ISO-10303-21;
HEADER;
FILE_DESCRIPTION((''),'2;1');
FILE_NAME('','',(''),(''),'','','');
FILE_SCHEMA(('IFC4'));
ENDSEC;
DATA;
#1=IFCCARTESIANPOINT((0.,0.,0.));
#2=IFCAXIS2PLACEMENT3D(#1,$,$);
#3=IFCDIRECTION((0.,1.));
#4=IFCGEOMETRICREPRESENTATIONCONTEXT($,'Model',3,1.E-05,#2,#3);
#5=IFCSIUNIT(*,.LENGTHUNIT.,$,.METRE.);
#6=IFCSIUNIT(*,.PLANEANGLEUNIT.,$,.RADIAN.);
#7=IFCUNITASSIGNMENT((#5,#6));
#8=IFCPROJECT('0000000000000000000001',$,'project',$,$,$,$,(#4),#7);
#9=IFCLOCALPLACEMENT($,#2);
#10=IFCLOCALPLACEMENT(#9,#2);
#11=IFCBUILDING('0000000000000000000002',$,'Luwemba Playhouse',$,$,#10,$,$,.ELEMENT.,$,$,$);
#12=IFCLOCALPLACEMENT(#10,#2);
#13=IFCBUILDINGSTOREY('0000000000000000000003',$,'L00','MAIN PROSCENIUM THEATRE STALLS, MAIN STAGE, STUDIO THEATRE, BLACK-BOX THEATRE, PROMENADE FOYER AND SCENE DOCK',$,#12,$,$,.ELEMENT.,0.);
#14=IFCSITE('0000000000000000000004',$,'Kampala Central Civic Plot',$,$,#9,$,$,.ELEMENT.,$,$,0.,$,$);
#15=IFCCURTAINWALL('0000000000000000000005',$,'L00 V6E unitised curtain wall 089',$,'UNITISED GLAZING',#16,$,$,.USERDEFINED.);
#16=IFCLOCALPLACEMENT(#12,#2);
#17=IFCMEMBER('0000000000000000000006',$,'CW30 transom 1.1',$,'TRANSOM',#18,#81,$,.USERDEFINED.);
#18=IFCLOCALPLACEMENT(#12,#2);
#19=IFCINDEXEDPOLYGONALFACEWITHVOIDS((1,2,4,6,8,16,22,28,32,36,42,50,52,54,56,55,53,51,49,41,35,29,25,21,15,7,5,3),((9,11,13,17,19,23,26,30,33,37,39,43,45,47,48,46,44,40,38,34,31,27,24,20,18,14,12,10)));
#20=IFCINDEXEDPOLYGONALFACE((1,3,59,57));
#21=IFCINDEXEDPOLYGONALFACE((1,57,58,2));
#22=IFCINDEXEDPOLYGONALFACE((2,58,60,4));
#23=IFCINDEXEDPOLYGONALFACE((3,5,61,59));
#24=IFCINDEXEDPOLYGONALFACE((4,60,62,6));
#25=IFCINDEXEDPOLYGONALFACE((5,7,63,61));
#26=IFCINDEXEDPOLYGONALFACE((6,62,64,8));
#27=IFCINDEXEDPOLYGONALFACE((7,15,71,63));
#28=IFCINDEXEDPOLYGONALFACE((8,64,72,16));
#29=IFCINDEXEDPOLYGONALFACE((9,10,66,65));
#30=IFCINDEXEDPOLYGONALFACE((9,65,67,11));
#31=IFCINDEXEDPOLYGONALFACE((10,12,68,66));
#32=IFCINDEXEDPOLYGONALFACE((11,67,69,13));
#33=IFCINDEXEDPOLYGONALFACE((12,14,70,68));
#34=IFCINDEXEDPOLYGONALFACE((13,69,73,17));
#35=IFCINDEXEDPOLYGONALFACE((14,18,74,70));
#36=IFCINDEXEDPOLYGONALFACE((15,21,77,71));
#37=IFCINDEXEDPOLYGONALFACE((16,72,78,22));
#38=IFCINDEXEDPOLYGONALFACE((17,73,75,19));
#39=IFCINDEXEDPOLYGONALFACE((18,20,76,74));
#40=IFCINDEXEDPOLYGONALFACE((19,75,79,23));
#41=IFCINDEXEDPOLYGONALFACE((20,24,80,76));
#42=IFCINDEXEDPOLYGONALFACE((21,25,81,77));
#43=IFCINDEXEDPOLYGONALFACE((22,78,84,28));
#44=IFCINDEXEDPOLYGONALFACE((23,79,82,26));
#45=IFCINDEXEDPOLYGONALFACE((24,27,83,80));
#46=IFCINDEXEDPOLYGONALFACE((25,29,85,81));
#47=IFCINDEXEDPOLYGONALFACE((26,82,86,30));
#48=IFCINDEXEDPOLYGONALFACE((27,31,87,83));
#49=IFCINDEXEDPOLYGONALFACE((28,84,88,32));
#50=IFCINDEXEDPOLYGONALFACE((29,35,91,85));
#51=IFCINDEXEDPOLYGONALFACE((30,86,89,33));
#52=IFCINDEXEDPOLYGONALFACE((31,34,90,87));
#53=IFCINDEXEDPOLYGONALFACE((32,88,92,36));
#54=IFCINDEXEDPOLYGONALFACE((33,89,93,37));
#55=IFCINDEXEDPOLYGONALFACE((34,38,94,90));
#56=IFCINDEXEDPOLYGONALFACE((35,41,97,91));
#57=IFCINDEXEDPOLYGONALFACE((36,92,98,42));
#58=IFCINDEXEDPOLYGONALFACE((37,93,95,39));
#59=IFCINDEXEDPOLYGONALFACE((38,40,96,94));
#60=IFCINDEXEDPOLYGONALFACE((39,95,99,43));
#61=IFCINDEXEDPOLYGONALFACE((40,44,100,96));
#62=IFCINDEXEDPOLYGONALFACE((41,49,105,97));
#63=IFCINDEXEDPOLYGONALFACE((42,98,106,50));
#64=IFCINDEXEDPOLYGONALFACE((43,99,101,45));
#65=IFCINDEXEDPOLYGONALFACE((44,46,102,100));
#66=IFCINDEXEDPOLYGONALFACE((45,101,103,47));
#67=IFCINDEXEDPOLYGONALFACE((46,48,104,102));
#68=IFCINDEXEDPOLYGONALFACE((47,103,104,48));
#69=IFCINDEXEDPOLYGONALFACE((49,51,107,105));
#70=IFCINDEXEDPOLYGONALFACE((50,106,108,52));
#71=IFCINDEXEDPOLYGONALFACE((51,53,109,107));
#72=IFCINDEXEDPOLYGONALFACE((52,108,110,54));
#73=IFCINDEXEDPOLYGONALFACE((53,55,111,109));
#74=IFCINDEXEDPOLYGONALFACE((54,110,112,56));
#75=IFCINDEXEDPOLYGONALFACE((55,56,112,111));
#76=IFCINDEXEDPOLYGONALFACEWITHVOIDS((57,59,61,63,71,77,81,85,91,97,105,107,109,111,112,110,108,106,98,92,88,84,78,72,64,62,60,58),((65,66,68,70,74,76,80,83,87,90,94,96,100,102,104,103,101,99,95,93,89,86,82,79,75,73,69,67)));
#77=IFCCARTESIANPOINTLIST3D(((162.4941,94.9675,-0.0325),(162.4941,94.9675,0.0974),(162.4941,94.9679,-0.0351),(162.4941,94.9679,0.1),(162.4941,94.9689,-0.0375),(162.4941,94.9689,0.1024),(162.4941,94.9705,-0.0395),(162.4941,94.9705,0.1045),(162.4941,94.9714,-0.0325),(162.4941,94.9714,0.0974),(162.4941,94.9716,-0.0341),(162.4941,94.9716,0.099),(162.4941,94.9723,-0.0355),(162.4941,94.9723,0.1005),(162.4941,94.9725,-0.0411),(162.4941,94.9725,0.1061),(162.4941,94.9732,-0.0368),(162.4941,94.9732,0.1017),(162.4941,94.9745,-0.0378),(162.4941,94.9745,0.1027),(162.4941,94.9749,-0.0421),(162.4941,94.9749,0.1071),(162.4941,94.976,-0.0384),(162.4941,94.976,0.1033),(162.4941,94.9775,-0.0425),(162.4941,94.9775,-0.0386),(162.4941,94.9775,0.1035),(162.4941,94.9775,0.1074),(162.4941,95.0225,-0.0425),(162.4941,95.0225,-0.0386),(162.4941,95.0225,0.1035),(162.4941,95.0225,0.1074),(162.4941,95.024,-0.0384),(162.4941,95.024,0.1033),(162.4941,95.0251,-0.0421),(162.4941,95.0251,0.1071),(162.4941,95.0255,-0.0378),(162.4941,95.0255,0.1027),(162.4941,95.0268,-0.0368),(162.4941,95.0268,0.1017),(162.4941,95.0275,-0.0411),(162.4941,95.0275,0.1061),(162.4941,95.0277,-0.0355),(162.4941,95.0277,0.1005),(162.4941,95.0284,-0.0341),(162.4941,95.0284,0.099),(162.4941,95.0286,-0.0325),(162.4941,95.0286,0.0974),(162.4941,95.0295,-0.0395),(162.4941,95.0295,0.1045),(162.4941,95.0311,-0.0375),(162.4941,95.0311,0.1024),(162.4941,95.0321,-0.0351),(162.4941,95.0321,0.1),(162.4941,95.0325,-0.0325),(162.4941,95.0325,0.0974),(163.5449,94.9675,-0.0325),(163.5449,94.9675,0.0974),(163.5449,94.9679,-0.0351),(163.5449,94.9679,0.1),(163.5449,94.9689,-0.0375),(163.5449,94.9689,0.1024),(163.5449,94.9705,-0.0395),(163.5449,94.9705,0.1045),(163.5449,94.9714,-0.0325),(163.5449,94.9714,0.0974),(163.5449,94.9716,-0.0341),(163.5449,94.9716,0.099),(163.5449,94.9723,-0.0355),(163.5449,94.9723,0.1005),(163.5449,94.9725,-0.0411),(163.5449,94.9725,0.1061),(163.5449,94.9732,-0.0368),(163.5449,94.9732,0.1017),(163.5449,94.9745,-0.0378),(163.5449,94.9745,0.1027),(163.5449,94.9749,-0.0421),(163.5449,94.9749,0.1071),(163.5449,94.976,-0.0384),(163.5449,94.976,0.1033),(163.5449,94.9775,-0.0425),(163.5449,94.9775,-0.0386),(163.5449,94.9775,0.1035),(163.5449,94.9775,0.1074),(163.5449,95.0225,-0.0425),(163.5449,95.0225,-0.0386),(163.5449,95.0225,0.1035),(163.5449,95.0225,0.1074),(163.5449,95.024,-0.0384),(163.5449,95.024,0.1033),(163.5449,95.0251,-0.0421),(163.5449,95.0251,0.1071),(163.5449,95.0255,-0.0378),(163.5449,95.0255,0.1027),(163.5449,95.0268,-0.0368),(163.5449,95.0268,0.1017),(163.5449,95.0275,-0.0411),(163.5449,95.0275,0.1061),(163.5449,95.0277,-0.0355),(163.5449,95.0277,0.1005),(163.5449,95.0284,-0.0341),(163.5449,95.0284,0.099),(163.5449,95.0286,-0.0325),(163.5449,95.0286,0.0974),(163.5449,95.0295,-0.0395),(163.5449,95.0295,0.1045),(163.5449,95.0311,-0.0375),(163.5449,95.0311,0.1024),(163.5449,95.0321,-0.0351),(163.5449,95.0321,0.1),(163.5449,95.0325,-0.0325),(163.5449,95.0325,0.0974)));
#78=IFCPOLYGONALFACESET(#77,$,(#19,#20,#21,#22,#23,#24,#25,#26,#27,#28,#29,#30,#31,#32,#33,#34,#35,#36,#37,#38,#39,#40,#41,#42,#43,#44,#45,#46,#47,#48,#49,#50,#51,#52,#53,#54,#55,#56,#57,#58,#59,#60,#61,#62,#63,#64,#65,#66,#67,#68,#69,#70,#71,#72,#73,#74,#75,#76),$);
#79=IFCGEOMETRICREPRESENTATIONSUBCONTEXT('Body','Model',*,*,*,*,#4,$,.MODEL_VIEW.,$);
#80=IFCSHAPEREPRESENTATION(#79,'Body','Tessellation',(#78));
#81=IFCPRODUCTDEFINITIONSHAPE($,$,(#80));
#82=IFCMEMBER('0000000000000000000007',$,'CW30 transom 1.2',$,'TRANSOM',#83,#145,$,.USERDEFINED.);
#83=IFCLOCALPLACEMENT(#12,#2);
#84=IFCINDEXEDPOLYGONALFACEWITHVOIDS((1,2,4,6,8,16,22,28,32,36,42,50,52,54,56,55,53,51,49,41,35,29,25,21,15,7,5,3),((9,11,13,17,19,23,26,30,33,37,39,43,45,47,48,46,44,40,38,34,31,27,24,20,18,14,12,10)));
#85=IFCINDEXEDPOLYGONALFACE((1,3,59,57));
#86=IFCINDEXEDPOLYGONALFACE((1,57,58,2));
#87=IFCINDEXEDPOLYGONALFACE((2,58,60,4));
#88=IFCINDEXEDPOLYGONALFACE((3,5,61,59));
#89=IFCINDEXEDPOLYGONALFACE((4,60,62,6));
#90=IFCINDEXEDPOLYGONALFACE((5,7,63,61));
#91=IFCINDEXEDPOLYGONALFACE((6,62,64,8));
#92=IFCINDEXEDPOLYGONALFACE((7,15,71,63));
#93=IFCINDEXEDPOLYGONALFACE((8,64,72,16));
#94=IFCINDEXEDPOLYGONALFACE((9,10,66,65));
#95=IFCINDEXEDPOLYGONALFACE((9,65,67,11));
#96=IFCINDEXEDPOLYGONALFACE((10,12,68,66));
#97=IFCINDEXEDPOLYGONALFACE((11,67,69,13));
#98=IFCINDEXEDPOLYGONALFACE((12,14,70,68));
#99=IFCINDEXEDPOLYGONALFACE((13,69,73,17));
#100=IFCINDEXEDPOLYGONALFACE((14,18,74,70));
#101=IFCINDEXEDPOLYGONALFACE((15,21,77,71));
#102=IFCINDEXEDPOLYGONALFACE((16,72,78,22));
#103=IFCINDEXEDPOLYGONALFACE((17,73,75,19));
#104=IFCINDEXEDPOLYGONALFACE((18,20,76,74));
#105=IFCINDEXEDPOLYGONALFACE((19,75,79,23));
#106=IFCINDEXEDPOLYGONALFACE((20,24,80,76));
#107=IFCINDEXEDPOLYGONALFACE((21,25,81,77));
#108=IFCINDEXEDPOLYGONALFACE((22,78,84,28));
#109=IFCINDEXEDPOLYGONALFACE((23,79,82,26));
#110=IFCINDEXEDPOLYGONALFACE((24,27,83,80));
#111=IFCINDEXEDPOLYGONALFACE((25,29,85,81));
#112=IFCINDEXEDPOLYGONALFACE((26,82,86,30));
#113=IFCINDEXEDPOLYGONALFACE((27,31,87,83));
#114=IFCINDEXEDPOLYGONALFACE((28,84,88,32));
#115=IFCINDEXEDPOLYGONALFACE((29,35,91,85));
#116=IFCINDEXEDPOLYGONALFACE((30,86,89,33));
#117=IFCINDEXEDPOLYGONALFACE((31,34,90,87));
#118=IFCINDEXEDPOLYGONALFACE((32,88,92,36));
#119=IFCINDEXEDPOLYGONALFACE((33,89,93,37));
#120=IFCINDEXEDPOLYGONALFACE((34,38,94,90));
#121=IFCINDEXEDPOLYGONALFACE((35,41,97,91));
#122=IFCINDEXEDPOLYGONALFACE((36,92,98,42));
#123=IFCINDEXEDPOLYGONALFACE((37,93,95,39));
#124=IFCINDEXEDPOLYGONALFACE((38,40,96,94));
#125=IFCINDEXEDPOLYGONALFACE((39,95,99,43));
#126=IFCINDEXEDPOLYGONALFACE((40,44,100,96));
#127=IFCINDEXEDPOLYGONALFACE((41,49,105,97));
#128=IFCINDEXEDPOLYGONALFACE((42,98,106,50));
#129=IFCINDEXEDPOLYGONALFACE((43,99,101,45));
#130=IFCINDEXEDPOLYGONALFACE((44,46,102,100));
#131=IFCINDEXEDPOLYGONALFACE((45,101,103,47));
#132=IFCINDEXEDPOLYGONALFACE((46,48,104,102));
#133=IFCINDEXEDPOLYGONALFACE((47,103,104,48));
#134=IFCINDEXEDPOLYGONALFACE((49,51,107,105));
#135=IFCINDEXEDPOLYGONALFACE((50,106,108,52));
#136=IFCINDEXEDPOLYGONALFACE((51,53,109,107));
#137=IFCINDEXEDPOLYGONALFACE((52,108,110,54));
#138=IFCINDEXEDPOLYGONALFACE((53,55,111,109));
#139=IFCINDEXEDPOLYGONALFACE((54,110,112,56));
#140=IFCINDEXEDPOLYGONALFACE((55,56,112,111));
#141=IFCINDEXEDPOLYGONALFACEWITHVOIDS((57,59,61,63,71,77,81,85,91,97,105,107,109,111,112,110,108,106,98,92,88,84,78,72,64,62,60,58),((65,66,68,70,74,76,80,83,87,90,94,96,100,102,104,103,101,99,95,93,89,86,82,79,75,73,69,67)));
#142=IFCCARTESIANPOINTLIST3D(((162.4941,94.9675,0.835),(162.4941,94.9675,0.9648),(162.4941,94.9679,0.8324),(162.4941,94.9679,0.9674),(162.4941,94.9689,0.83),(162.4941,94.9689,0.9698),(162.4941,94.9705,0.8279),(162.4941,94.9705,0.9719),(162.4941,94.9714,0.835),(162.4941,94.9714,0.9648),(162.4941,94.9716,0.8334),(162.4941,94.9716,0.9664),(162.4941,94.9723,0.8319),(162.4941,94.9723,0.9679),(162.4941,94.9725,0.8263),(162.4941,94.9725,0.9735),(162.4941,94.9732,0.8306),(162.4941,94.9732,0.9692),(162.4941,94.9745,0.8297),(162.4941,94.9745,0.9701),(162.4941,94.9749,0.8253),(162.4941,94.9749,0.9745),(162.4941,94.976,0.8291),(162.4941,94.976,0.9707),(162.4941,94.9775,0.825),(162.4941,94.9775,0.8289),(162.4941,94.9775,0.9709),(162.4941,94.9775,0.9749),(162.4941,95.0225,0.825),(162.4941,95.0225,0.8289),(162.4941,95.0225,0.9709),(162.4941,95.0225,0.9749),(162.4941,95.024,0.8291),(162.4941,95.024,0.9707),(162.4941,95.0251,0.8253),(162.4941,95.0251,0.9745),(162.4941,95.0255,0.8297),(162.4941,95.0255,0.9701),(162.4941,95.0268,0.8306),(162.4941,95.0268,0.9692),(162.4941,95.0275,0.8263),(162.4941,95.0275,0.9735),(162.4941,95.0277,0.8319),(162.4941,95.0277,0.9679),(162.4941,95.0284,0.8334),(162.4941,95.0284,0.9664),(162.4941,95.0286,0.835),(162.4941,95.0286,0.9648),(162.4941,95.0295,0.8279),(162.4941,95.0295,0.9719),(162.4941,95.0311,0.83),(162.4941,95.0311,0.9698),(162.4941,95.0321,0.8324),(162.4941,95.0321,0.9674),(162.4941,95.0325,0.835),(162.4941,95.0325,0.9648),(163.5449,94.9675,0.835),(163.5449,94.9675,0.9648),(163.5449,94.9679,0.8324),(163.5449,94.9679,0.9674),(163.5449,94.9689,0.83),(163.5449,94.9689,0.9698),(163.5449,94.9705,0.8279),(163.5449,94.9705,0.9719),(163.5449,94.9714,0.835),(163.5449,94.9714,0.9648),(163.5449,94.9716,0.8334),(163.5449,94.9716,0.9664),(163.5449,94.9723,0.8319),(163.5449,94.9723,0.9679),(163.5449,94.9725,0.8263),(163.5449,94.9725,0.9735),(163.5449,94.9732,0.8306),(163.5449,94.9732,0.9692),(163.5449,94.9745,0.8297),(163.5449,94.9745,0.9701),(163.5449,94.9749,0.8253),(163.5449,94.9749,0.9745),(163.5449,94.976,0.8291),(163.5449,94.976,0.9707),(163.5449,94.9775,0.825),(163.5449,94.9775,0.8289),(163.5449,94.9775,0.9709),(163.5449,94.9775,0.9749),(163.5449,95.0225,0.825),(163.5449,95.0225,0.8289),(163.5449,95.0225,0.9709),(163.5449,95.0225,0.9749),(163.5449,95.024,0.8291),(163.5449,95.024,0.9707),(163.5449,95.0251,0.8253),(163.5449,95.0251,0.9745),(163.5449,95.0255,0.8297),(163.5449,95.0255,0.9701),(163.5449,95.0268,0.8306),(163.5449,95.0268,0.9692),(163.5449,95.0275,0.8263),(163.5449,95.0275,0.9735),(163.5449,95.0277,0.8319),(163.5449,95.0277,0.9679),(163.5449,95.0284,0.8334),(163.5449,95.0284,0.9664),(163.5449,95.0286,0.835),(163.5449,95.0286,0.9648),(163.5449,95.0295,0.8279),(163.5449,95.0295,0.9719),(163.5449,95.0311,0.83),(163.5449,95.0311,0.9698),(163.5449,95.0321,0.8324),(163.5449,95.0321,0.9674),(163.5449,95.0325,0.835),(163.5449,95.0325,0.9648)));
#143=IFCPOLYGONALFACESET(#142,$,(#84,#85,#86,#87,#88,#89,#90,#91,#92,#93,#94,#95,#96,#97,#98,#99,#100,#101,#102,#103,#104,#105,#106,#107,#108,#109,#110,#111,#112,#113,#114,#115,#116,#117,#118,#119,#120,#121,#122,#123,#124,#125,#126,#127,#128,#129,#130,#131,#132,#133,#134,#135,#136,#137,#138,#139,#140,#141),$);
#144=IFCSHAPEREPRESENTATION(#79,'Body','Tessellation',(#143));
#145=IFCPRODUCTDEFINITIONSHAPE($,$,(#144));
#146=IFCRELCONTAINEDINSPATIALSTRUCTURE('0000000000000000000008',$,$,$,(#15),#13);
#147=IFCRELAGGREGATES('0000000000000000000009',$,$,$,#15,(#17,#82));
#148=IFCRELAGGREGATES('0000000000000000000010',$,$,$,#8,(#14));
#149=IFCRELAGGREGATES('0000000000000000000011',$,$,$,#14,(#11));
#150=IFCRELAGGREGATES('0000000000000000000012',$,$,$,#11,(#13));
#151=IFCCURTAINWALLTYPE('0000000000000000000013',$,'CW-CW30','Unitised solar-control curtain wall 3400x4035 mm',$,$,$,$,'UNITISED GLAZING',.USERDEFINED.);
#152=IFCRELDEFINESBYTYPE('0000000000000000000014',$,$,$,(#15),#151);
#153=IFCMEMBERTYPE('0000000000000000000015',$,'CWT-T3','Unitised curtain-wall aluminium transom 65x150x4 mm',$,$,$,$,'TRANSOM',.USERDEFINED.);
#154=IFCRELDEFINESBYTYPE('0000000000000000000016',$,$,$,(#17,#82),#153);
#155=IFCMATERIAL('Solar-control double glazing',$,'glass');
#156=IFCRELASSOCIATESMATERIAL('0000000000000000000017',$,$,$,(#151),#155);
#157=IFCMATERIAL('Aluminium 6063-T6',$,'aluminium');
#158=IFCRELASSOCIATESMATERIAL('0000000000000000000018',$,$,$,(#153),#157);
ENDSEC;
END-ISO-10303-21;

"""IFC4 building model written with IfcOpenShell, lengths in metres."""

from ifc_helpers import new_model, si_unit, direction, frame, origin, origin_2d, place, context, subcontext, project, spatial, hollow_rectangle, extrude, material, material_profile, profile_set, type_object, element, aggregate, save


model = new_model("IFC4")

# Units and contexts
model_context = context("Model", 3, precision=1e-05, world=origin(), true_north=direction((0.0, 1.0)))
body_context = subcontext(model_context, "Body", "Model", "MODEL_VIEW")
ifc_project = project(units=[si_unit("LENGTHUNIT", "METRE"), si_unit("PLANEANGLEUNIT", "RADIAN")], contexts=[model_context])

# Site, building, storey
site_placement = place(None, origin())
site = spatial("IfcSite", under=ifc_project, at=site_placement, Name="Kampala Central Civic Plot", CompositionType="ELEMENT", RefElevation=0.0)
building_placement = place(site_placement, origin())
building = spatial("IfcBuilding", under=site, at=building_placement, Name="Luwemba Playhouse", CompositionType="ELEMENT")
storey_placement = place(building_placement, origin())
storey = spatial("IfcBuildingStorey", under=building, at=storey_placement, Name="L00", Description="MAIN PROSCENIUM THEATRE STALLS, MAIN STAGE, STUDIO THEATRE, BLACK-BOX THEATRE, PROMENADE FOYER AND SCENE DOCK", CompositionType="ELEMENT", Elevation=0.0)

# Curtain wall, members
ifc_material_1 = material(Name="Solar-control double glazing", Category="glass")
curtain_wall_type = type_object("IfcCurtainWallType", Name="CW-CW30", Description="Unitised solar-control curtain wall 3400x4035 mm", ElementType="UNITISED GLAZING", PredefinedType="USERDEFINED", material=ifc_material_1)
curtain_wall_placement = place(storey_placement, origin())
curtain_wall = element("IfcCurtainWall", 1, at=curtain_wall_placement, inside=storey, type_object=curtain_wall_type, Name="L00 V6E unitised curtain wall 089", ObjectType="UNITISED GLAZING", PredefinedType="USERDEFINED")
ifc_material_2 = material(Name="Aluminium 6063-T6", Category="aluminium")
ifc_material_profile_1 = material_profile(ifc_material_2, hollow_rectangle(XDim=0.0649, YDim=0.1499, WallThickness=0.0039, InnerFilletRadius=0.0061, OuterFilletRadius=0.01, at=origin_2d()))
ifc_profile_set_1 = profile_set([ifc_material_profile_1], Name="Aluminium 6063-T6")
member_type_1 = type_object("IfcMemberType", Name="CWT-T3", Description="Unitised curtain-wall aluminium transom 65x150x4 mm", ElementType="TRANSOM", PredefinedType="USERDEFINED", material=ifc_profile_set_1)
member_1_placement = place(storey_placement, frame((163.5449, 95.0, 0.0325), z_axis=(-1.0, 0.0, 0.0), x_axis=(0.0, -1.0, 0.0)))
member_1 = element("IfcMember", 2, at=member_1_placement, type_object=member_type_1, Name="CW30 transom 1.1", ObjectType="TRANSOM", PredefinedType="USERDEFINED", context=body_context, shape_type="SweptSolid", body=[
    extrude(hollow_rectangle(XDim=0.0649, YDim=0.1499, WallThickness=0.0039, InnerFilletRadius=0.0061, OuterFilletRadius=0.01, at=origin_2d()), origin(), (0.0, 0.0, 1.0), 1.0508),
])
member_2_placement = place(storey_placement, frame((163.5449, 95.0, 0.8999), z_axis=(-1.0, 0.0, 0.0), x_axis=(0.0, -1.0, 0.0)))
member_2 = element("IfcMember", 3, at=member_2_placement, type_object=member_type_1, Name="CW30 transom 1.2", ObjectType="TRANSOM", PredefinedType="USERDEFINED", context=body_context, shape_type="SweptSolid", body=[
    extrude(hollow_rectangle(XDim=0.0649, YDim=0.1499, WallThickness=0.0039, InnerFilletRadius=0.0061, OuterFilletRadius=0.01, at=origin_2d()), origin(), (0.0, 0.0, 1.0), 1.0508),
])
aggregate(curtain_wall, [member_1, member_2])

save(model, "model.ifc")
